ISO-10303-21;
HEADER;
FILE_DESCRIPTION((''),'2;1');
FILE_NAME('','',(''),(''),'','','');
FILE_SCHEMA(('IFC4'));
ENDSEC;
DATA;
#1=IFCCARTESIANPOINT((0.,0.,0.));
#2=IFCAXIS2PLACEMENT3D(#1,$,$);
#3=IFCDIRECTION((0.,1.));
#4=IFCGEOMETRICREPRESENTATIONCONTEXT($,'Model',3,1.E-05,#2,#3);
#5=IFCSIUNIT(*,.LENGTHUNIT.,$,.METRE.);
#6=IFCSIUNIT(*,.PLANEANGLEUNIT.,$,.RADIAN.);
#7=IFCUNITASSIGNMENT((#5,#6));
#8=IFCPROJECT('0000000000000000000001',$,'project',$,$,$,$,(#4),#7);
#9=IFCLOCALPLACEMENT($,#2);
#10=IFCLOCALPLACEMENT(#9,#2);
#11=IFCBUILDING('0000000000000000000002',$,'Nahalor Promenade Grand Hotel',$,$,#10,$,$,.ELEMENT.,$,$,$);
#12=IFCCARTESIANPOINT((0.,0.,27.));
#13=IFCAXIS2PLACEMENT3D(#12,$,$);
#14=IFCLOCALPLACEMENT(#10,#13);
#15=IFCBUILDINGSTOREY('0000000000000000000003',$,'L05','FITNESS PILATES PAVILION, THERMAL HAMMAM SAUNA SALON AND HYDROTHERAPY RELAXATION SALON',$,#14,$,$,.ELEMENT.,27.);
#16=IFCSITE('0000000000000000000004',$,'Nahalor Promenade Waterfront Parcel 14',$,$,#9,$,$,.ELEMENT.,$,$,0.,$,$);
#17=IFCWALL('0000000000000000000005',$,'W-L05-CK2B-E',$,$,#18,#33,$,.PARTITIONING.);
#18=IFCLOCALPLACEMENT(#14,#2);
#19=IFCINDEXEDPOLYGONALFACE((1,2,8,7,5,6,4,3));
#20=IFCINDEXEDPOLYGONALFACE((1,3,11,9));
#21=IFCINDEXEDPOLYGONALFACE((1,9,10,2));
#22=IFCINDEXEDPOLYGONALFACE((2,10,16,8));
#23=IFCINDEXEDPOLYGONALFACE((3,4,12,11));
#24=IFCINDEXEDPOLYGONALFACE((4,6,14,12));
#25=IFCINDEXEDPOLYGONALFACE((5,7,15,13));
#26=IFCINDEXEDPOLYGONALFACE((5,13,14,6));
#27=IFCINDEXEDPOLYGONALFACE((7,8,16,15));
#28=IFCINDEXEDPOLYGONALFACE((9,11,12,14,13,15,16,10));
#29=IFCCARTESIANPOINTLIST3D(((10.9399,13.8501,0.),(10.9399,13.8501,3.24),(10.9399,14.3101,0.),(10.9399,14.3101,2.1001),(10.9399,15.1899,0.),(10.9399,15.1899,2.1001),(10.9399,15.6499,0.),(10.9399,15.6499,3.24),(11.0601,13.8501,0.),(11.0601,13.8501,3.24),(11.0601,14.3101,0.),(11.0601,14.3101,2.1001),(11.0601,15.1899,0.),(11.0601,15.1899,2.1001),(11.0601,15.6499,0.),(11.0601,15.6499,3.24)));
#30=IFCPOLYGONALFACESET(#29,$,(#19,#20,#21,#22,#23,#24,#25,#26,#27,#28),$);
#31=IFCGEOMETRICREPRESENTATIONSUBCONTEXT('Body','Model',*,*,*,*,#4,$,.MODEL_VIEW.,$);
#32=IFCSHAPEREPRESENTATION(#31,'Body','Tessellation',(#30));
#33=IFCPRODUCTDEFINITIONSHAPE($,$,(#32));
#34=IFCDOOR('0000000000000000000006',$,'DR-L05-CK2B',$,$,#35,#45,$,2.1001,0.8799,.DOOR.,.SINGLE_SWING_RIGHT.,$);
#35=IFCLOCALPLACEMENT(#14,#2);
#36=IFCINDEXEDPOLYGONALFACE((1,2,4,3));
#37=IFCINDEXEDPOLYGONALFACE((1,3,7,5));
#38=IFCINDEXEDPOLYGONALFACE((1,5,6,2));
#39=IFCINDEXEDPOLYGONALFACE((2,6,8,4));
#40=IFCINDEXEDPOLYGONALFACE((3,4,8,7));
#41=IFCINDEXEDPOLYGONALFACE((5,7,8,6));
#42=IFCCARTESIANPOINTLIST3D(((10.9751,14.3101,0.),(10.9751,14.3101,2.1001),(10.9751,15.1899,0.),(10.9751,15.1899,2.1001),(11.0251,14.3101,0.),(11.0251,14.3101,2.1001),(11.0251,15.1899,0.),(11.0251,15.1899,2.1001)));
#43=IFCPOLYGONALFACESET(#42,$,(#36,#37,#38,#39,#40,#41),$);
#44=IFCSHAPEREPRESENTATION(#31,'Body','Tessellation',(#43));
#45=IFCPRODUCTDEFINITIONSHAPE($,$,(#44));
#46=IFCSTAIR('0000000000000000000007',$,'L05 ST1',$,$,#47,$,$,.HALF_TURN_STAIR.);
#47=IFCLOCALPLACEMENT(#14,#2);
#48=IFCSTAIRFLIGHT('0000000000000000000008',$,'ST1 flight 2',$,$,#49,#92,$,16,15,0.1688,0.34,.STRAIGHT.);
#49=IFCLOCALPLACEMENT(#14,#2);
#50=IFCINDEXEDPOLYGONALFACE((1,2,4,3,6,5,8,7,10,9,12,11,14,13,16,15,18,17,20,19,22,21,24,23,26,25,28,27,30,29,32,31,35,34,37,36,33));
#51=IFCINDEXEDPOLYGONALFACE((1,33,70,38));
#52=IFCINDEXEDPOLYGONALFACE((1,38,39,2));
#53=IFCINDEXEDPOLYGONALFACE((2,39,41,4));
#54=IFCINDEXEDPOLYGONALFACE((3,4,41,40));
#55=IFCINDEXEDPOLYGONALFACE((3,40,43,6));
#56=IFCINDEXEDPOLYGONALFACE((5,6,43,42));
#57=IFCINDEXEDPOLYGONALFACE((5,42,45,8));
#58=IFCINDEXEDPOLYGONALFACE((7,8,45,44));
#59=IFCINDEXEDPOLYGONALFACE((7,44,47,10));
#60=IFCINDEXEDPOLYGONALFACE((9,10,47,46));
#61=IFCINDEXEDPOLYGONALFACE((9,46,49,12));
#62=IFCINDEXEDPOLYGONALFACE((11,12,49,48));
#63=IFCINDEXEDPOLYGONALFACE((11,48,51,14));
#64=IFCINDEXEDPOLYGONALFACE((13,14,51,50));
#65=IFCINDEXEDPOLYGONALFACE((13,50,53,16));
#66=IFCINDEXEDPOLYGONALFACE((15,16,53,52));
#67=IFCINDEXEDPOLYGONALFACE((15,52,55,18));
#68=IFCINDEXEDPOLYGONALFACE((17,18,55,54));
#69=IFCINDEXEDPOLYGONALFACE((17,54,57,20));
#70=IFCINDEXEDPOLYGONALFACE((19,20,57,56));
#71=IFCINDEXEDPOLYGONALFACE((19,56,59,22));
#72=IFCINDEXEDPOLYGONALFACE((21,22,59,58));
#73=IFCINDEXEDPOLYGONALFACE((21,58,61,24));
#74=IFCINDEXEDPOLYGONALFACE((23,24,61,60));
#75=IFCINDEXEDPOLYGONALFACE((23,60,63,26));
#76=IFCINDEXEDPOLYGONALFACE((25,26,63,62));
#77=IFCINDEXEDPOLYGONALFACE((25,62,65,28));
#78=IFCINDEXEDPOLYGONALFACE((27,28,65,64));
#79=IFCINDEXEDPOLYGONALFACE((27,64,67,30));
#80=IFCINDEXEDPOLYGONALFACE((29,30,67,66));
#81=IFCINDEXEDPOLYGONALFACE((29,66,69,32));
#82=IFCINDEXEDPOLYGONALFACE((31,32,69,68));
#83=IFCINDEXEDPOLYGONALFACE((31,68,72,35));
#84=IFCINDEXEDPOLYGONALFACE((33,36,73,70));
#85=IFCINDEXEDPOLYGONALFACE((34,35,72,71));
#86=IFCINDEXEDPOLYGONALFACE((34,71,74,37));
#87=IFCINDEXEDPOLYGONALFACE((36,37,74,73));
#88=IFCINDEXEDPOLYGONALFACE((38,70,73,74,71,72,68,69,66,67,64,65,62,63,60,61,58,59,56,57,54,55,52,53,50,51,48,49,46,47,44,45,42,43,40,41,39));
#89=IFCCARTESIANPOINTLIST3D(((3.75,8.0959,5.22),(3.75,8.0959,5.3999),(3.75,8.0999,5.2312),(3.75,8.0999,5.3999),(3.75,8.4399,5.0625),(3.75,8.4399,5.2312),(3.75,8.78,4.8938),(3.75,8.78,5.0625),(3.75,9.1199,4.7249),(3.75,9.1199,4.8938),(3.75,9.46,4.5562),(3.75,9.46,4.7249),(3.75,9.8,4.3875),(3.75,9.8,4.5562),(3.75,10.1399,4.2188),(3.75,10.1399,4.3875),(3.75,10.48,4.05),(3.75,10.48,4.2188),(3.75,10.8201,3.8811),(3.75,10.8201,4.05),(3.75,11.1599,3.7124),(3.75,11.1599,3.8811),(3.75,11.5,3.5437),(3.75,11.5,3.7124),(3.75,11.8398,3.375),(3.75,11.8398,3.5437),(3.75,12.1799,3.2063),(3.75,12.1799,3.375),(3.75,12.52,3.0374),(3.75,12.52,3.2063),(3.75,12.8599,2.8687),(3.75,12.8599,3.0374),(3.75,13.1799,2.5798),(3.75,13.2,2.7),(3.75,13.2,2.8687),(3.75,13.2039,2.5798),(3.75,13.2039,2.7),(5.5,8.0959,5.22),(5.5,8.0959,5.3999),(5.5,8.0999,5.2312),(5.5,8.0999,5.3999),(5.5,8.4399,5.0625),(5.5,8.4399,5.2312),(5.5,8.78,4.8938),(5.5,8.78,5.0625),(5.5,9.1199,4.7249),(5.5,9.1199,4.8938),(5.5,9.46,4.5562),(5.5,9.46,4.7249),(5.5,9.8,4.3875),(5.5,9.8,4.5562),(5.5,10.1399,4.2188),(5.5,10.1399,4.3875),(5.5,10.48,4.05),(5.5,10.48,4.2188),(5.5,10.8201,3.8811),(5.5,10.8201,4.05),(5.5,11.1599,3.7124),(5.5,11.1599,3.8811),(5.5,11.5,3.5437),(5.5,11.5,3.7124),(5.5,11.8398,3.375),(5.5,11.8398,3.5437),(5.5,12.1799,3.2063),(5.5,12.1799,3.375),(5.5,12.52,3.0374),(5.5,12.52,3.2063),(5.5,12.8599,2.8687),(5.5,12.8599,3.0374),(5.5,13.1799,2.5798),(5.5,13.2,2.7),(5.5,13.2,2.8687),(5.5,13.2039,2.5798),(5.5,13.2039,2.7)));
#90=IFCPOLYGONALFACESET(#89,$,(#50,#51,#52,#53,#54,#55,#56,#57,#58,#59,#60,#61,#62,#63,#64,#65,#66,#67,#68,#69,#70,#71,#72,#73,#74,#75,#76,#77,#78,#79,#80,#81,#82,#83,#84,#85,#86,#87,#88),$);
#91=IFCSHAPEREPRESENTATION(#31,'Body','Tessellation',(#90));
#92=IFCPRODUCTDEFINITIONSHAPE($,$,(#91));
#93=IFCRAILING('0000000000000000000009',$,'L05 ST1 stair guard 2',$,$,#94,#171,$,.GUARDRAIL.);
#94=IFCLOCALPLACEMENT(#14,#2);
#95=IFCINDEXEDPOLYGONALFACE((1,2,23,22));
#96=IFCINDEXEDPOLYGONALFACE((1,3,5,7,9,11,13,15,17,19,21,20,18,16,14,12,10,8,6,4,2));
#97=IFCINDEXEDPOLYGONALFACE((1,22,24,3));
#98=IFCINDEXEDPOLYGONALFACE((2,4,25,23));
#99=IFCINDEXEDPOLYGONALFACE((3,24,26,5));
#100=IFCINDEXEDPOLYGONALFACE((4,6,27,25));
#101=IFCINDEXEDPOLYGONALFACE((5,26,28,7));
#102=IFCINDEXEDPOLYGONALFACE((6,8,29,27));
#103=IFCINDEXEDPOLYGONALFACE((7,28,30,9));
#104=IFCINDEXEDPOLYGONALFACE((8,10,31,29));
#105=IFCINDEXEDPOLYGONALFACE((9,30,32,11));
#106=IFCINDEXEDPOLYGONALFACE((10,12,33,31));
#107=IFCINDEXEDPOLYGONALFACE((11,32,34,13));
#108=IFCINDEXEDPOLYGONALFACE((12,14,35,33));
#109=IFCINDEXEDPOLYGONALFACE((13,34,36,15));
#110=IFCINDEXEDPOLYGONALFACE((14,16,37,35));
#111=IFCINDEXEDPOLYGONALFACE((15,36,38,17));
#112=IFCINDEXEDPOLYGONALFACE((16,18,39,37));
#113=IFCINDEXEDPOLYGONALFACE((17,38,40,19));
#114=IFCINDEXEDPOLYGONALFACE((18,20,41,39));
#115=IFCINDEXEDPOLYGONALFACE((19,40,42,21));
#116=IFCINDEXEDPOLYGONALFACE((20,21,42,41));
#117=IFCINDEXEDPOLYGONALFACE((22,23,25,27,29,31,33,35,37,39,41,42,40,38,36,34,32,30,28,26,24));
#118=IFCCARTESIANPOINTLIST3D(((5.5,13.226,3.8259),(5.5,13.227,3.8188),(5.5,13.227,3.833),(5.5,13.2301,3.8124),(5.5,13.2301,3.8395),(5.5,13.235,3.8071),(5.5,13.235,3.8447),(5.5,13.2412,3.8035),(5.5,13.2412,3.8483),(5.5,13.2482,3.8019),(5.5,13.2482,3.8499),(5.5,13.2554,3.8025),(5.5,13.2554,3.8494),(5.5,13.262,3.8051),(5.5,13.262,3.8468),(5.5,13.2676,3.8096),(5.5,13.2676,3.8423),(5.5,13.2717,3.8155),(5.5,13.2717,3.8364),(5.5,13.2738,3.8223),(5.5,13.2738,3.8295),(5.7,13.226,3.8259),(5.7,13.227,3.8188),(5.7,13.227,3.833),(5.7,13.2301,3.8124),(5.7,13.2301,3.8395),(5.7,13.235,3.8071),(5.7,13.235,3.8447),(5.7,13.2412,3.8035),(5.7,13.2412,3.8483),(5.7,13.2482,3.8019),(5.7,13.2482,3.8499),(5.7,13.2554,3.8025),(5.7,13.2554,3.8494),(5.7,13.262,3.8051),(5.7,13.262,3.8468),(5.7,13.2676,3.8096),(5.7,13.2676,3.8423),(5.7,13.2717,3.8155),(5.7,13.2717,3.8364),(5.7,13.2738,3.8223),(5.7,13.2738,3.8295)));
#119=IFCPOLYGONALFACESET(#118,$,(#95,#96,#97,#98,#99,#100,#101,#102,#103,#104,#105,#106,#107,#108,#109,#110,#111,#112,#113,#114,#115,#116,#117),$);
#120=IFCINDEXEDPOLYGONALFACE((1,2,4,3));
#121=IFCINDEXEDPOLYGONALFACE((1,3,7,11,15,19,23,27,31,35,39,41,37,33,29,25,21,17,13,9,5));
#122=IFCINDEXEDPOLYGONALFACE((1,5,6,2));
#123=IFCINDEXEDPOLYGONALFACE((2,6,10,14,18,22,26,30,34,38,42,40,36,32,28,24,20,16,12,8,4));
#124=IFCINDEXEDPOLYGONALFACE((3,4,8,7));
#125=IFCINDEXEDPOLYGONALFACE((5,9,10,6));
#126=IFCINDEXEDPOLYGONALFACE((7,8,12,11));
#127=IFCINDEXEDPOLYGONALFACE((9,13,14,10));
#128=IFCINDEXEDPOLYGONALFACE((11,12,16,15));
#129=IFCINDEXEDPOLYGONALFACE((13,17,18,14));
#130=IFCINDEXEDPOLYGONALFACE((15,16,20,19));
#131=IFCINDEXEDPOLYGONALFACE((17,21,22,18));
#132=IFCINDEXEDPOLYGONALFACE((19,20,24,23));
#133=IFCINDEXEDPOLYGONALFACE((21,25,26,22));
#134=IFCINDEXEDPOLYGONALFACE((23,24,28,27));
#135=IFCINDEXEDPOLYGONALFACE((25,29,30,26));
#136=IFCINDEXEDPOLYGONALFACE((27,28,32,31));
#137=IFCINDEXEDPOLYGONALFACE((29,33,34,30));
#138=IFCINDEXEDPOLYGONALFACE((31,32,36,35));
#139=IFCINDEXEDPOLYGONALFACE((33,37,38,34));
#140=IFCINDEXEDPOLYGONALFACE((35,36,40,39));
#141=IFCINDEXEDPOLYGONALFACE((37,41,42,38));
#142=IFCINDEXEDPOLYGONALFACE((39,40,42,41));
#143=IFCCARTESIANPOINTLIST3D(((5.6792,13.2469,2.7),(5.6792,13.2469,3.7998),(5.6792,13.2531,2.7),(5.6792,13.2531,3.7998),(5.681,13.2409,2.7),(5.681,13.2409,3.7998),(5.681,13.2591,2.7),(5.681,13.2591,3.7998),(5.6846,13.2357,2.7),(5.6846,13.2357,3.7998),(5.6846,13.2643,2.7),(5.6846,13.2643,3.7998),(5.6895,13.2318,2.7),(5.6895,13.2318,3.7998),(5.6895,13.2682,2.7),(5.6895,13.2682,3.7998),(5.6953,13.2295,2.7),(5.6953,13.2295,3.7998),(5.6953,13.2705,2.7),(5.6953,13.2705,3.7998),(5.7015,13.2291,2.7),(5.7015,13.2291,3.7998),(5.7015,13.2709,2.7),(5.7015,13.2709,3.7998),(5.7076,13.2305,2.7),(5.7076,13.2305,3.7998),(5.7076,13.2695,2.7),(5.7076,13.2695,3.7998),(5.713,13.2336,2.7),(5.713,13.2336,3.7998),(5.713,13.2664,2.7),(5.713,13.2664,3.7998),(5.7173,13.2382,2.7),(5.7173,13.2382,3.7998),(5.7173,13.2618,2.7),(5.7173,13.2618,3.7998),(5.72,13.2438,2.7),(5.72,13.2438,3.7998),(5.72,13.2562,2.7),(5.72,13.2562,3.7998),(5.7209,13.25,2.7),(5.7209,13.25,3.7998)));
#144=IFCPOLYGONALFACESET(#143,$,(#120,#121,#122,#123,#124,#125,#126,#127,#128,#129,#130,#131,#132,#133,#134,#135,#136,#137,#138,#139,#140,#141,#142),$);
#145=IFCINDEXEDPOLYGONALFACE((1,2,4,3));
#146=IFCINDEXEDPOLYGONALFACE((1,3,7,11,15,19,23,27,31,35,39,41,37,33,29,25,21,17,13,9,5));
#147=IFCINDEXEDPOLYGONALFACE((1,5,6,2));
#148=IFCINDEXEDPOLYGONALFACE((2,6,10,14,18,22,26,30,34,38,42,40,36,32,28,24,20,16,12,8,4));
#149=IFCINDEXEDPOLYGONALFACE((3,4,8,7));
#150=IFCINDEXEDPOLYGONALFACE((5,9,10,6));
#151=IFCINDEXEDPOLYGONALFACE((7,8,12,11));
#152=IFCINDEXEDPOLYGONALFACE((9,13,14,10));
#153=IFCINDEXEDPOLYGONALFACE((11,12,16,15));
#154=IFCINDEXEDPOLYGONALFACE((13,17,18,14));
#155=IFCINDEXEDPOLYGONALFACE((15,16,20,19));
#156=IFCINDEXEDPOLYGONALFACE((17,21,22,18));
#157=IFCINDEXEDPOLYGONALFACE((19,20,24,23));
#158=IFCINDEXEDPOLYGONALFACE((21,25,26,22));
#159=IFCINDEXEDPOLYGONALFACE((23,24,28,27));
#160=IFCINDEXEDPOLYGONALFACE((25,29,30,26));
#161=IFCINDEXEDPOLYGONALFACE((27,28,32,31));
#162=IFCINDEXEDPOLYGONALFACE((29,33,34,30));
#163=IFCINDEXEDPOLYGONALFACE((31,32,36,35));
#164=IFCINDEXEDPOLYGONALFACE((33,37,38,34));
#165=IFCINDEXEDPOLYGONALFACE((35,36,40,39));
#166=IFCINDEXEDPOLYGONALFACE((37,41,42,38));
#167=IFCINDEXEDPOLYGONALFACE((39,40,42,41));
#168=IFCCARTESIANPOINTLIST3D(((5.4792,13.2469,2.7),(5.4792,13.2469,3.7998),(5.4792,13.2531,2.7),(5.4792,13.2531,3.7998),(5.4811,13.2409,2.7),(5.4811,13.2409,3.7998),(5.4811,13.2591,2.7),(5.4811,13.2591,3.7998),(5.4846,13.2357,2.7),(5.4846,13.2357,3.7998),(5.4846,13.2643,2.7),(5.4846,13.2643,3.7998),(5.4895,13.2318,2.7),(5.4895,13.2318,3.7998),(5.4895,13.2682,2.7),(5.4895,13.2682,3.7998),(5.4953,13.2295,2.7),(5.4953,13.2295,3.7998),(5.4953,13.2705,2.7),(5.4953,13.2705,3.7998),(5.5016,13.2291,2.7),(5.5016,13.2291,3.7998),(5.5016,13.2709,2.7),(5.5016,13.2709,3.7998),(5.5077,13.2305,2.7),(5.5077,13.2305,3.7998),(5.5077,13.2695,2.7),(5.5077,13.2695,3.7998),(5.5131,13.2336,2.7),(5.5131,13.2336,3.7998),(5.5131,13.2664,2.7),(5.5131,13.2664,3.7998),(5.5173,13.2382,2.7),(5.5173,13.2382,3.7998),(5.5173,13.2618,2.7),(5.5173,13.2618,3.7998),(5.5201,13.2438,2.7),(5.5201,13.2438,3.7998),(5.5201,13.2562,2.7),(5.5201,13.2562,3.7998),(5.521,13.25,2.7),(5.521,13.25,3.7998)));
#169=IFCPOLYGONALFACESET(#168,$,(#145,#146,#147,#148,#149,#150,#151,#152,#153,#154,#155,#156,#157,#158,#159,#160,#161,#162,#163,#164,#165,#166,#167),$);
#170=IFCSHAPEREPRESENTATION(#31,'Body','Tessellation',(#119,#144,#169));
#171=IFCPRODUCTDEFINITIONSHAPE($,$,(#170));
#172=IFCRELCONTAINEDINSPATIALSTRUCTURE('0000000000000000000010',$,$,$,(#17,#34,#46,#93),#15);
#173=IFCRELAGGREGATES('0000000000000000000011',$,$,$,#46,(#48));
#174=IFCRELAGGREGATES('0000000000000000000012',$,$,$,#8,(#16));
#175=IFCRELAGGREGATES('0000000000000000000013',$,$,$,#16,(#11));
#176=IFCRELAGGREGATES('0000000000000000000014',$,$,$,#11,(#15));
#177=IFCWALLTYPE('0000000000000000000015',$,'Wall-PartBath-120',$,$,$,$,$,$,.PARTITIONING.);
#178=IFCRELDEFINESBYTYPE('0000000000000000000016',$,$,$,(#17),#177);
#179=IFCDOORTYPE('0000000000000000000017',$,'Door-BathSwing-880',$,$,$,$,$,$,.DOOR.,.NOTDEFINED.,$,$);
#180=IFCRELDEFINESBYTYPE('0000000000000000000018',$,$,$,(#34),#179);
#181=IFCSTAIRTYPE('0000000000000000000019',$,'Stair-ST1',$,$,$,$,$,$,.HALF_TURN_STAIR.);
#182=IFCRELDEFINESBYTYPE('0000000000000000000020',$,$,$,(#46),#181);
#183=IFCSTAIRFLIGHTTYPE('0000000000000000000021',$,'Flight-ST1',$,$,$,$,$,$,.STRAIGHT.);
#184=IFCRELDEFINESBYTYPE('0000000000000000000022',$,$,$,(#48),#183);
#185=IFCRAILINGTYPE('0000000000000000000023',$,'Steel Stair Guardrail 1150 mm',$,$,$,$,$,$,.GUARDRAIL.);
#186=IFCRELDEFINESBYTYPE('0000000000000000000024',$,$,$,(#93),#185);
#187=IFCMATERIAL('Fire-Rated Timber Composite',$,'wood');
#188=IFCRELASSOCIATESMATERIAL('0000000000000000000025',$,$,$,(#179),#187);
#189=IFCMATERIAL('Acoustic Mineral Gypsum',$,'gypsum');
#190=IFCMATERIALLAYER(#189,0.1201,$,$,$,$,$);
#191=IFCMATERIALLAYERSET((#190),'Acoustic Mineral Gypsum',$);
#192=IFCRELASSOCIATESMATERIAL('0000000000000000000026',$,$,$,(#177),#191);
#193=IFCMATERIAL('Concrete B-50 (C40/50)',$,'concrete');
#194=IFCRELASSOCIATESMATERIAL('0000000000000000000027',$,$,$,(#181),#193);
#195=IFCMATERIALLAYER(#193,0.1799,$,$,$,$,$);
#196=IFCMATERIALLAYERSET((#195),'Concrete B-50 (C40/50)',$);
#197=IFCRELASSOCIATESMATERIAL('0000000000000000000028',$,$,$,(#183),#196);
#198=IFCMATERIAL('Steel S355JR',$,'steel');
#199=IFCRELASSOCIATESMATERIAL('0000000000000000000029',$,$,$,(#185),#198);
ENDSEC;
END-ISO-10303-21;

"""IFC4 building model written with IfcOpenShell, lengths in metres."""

from ifc_helpers import new_model, si_unit, direction, frame, frame_2d, origin, origin_2d, place, context, subcontext, project, spatial, polyline, rectangle, circle, outline, extrude, source, transform, mapped, material, layer, layer_set, type_object, element, fill, aggregate, save


model = new_model("IFC4")

# Units and contexts
model_context = context("Model", 3, precision=1e-05, world=origin(), true_north=direction((0.0, 1.0)))
body_context = subcontext(model_context, "Body", "Model", "MODEL_VIEW")
ifc_project = project(units=[si_unit("LENGTHUNIT", "METRE"), si_unit("PLANEANGLEUNIT", "RADIAN")], contexts=[model_context])

# Site, building, storey
site_placement = place(None, origin())
site = spatial("IfcSite", under=ifc_project, at=site_placement, Name="Nahalor Promenade Waterfront Parcel 14", CompositionType="ELEMENT", RefElevation=0.0)
building_placement = place(site_placement, origin())
building = spatial("IfcBuilding", under=site, at=building_placement, Name="Nahalor Promenade Grand Hotel", CompositionType="ELEMENT")
storey_placement = place(building_placement, frame((0.0, 0.0, 27.0)))
storey = spatial("IfcBuildingStorey", under=building, at=storey_placement, Name="L05", Description="FITNESS PILATES PAVILION, THERMAL HAMMAM SAUNA SALON AND HYDROTHERAPY RELAXATION SALON", CompositionType="ELEMENT", Elevation=27.0)

# Shared definitions
ifc_material_1 = material(Name="Steel S355JR", Category="steel")

# Shared definitions
ifc_material_2 = material(Name="Concrete B-50 (C40/50)", Category="concrete")
ifc_material_3 = material(Name="Acoustic Mineral Gypsum", Category="gypsum")

# Shared definitions
ifc_material_4 = material(Name="Fire-Rated Timber Composite", Category="wood")
door_type = type_object("IfcDoorType", Name="Door-BathSwing-880", OperationType="NOTDEFINED", PredefinedType="DOOR", material=ifc_material_4)
shared_shape_1 = source(origin(), body_context, "Body", "SweptSolid", [
    extrude(rectangle(XDim=0.8799, YDim=2.1001, at=frame_2d((0.4399, 1.05))), frame((0.0, 0.0249, 0.0), z_axis=(0.0, -1.0, 0.0), x_axis=(1.0, 0.0, 0.0)), (0.0, 0.0, 1.0), 0.05),
])

# Shared definitions
ifc_layer_1 = layer(ifc_material_3, 0.1201)
ifc_layer_set_1 = layer_set([ifc_layer_1], Name="Acoustic Mineral Gypsum")
wall_type_1 = type_object("IfcWallType", Name="Wall-PartBath-120", PredefinedType="PARTITIONING", material=ifc_layer_set_1)
shared_shape_2 = source(origin(), body_context, "Body", "SweptSolid", [
    extrude(rectangle(XDim=1.7998, YDim=0.1201, at=frame_2d((0.8999, 0.0))), origin(), (0.0, 0.0, 1.0), 3.24),
])

# Wall, opening, door
wall_1_placement = place(storey_placement, frame((11.0, 13.8501, 0.0), z_axis=(0.0, 0.0, 1.0), x_axis=(0.0, 1.0, 0.0)))
wall_1 = element("IfcWall", 1, at=wall_1_placement, inside=storey, type_object=wall_type_1, Name="W-L05-CK2B-E", PredefinedType="PARTITIONING", context=body_context, shape_type="MappedRepresentation", body=[
    mapped(shared_shape_2, transform((0.0, 0.0, 0.0), scale=1.0)),
])
opening_1_placement = place(wall_1_placement, frame((0.46, 0.0, 0.0)))
opening_1 = element("IfcOpeningElement", 2, at=opening_1_placement, cuts=wall_1, PredefinedType="OPENING", context=body_context, shape_type="SweptSolid", body=[
    extrude(rectangle(XDim=0.8799, YDim=2.1001, at=frame_2d((0.4399, 1.05))), frame((0.0, 0.0701, 0.0), z_axis=(0.0, -1.0, 0.0), x_axis=(1.0, 0.0, 0.0)), (0.0, 0.0, 1.0), 0.1401),
])
door_1_placement = place(opening_1_placement, origin())
door_1 = element("IfcDoor", 3, at=door_1_placement, inside=storey, type_object=door_type, Name="DR-L05-CK2B", OperationType="SINGLE_SWING_RIGHT", OverallHeight=2.1001, OverallWidth=0.8799, PredefinedType="DOOR", context=body_context, shape_type="MappedRepresentation", body=[
    mapped(shared_shape_1, transform((0.0, 0.0, 0.0), scale=1.0)),
])
fill(opening_1, door_1)

# Stair, stair flight
stair_type = type_object("IfcStairType", Name="Stair-ST1", PredefinedType="HALF_TURN_STAIR", material=ifc_material_2)
stair_placement = place(storey_placement, origin())
stair = element("IfcStair", 4, at=stair_placement, inside=storey, type_object=stair_type, Name="L05 ST1", PredefinedType="HALF_TURN_STAIR")
ifc_layer_2 = layer(ifc_material_2, 0.1799)
ifc_layer_set_2 = layer_set([ifc_layer_2], Name="Concrete B-50 (C40/50)")
stair_flight_type = type_object("IfcStairFlightType", Name="Flight-ST1", PredefinedType="STRAIGHT", material=ifc_layer_set_2)
shared_shape_3 = source(origin(), body_context, "Body", "SweptSolid", [
    extrude(outline(polyline([(-0.0039, -0.1201), (-0.0039, 0.0), (0.0, 0.0), (0.0, 0.1687), (0.3401, 0.1687), (0.3401, 0.3374), (0.6799, 0.3374), (0.6799, 0.5063), (1.02, 0.5063), (1.02, 0.675), (1.3601, 0.675), (1.3601, 0.8438), (1.7, 0.8438), (1.7, 1.0125), (2.04, 1.0125), (2.04, 1.1812), (2.3799, 1.1812), (2.3799, 1.3501), (2.72, 1.3501), (2.72, 1.5188), (3.0601, 1.5188), (3.0601, 1.6875), (3.3999, 1.6875), (3.3999, 1.8562), (3.74, 1.8562), (3.74, 2.0249), (4.0801, 2.0249), (4.0801, 2.1938), (4.4199, 2.1938), (4.4199, 2.3625), (4.76, 2.3625), (4.76, 2.5312), (5.1001, 2.5312), (5.1001, 2.7), (5.104, 2.7), (5.104, 2.52), (0.02, -0.1201), (-0.0039, -0.1201)])), frame((0.0, 0.875, 0.0), z_axis=(0.0, -1.0, 0.0), x_axis=(1.0, 0.0, 0.0)), (0.0, 0.0, 1.0), 1.75),
])
stair_flight_placement = place(storey_placement, frame((4.625, 13.2, 2.7), z_axis=(0.0, 0.0, 1.0), x_axis=(0.0, -1.0, 0.0)))
stair_flight = element("IfcStairFlight", 5, at=stair_flight_placement, type_object=stair_flight_type, Name="ST1 flight 2", NumberOfRisers=16, NumberOfTreads=15, PredefinedType="STRAIGHT", RiserHeight=0.1688, TreadLength=0.34, context=body_context, shape_type="MappedRepresentation", body=[
    mapped(shared_shape_3, transform((0.0, 0.0, 0.0), scale=1.0)),
])
aggregate(stair, [stair_flight])

# Railing
railing_type_1 = type_object("IfcRailingType", Name="Steel Stair Guardrail 1150 mm", PredefinedType="GUARDRAIL", material=ifc_material_1)
railing_1_placement = place(storey_placement, frame((5.7, 13.25, 2.7)))
element("IfcRailing", 6, at=railing_1_placement, inside=storey, type_object=railing_type_1, Name="L05 ST1 stair guard 2", PredefinedType="GUARDRAIL", context=body_context, shape_type="SweptSolid", body=[
    extrude(circle(Radius=0.024, at=origin_2d()), frame((0.0, 0.0, 1.126), z_axis=(-1.0, 0.0, 0.0), x_axis=(0.0, -1.0, 0.0)), (0.0, 0.0, 1.0), 0.2),
    extrude(circle(Radius=0.021, at=origin_2d()), origin(), (0.0, 0.0, 1.0), 1.0999),
    extrude(circle(Radius=0.021, at=origin_2d()), frame((-0.2, 0.0, 0.0)), (0.0, 0.0, 1.0), 1.0999),
])

save(model, "model.ifc")
